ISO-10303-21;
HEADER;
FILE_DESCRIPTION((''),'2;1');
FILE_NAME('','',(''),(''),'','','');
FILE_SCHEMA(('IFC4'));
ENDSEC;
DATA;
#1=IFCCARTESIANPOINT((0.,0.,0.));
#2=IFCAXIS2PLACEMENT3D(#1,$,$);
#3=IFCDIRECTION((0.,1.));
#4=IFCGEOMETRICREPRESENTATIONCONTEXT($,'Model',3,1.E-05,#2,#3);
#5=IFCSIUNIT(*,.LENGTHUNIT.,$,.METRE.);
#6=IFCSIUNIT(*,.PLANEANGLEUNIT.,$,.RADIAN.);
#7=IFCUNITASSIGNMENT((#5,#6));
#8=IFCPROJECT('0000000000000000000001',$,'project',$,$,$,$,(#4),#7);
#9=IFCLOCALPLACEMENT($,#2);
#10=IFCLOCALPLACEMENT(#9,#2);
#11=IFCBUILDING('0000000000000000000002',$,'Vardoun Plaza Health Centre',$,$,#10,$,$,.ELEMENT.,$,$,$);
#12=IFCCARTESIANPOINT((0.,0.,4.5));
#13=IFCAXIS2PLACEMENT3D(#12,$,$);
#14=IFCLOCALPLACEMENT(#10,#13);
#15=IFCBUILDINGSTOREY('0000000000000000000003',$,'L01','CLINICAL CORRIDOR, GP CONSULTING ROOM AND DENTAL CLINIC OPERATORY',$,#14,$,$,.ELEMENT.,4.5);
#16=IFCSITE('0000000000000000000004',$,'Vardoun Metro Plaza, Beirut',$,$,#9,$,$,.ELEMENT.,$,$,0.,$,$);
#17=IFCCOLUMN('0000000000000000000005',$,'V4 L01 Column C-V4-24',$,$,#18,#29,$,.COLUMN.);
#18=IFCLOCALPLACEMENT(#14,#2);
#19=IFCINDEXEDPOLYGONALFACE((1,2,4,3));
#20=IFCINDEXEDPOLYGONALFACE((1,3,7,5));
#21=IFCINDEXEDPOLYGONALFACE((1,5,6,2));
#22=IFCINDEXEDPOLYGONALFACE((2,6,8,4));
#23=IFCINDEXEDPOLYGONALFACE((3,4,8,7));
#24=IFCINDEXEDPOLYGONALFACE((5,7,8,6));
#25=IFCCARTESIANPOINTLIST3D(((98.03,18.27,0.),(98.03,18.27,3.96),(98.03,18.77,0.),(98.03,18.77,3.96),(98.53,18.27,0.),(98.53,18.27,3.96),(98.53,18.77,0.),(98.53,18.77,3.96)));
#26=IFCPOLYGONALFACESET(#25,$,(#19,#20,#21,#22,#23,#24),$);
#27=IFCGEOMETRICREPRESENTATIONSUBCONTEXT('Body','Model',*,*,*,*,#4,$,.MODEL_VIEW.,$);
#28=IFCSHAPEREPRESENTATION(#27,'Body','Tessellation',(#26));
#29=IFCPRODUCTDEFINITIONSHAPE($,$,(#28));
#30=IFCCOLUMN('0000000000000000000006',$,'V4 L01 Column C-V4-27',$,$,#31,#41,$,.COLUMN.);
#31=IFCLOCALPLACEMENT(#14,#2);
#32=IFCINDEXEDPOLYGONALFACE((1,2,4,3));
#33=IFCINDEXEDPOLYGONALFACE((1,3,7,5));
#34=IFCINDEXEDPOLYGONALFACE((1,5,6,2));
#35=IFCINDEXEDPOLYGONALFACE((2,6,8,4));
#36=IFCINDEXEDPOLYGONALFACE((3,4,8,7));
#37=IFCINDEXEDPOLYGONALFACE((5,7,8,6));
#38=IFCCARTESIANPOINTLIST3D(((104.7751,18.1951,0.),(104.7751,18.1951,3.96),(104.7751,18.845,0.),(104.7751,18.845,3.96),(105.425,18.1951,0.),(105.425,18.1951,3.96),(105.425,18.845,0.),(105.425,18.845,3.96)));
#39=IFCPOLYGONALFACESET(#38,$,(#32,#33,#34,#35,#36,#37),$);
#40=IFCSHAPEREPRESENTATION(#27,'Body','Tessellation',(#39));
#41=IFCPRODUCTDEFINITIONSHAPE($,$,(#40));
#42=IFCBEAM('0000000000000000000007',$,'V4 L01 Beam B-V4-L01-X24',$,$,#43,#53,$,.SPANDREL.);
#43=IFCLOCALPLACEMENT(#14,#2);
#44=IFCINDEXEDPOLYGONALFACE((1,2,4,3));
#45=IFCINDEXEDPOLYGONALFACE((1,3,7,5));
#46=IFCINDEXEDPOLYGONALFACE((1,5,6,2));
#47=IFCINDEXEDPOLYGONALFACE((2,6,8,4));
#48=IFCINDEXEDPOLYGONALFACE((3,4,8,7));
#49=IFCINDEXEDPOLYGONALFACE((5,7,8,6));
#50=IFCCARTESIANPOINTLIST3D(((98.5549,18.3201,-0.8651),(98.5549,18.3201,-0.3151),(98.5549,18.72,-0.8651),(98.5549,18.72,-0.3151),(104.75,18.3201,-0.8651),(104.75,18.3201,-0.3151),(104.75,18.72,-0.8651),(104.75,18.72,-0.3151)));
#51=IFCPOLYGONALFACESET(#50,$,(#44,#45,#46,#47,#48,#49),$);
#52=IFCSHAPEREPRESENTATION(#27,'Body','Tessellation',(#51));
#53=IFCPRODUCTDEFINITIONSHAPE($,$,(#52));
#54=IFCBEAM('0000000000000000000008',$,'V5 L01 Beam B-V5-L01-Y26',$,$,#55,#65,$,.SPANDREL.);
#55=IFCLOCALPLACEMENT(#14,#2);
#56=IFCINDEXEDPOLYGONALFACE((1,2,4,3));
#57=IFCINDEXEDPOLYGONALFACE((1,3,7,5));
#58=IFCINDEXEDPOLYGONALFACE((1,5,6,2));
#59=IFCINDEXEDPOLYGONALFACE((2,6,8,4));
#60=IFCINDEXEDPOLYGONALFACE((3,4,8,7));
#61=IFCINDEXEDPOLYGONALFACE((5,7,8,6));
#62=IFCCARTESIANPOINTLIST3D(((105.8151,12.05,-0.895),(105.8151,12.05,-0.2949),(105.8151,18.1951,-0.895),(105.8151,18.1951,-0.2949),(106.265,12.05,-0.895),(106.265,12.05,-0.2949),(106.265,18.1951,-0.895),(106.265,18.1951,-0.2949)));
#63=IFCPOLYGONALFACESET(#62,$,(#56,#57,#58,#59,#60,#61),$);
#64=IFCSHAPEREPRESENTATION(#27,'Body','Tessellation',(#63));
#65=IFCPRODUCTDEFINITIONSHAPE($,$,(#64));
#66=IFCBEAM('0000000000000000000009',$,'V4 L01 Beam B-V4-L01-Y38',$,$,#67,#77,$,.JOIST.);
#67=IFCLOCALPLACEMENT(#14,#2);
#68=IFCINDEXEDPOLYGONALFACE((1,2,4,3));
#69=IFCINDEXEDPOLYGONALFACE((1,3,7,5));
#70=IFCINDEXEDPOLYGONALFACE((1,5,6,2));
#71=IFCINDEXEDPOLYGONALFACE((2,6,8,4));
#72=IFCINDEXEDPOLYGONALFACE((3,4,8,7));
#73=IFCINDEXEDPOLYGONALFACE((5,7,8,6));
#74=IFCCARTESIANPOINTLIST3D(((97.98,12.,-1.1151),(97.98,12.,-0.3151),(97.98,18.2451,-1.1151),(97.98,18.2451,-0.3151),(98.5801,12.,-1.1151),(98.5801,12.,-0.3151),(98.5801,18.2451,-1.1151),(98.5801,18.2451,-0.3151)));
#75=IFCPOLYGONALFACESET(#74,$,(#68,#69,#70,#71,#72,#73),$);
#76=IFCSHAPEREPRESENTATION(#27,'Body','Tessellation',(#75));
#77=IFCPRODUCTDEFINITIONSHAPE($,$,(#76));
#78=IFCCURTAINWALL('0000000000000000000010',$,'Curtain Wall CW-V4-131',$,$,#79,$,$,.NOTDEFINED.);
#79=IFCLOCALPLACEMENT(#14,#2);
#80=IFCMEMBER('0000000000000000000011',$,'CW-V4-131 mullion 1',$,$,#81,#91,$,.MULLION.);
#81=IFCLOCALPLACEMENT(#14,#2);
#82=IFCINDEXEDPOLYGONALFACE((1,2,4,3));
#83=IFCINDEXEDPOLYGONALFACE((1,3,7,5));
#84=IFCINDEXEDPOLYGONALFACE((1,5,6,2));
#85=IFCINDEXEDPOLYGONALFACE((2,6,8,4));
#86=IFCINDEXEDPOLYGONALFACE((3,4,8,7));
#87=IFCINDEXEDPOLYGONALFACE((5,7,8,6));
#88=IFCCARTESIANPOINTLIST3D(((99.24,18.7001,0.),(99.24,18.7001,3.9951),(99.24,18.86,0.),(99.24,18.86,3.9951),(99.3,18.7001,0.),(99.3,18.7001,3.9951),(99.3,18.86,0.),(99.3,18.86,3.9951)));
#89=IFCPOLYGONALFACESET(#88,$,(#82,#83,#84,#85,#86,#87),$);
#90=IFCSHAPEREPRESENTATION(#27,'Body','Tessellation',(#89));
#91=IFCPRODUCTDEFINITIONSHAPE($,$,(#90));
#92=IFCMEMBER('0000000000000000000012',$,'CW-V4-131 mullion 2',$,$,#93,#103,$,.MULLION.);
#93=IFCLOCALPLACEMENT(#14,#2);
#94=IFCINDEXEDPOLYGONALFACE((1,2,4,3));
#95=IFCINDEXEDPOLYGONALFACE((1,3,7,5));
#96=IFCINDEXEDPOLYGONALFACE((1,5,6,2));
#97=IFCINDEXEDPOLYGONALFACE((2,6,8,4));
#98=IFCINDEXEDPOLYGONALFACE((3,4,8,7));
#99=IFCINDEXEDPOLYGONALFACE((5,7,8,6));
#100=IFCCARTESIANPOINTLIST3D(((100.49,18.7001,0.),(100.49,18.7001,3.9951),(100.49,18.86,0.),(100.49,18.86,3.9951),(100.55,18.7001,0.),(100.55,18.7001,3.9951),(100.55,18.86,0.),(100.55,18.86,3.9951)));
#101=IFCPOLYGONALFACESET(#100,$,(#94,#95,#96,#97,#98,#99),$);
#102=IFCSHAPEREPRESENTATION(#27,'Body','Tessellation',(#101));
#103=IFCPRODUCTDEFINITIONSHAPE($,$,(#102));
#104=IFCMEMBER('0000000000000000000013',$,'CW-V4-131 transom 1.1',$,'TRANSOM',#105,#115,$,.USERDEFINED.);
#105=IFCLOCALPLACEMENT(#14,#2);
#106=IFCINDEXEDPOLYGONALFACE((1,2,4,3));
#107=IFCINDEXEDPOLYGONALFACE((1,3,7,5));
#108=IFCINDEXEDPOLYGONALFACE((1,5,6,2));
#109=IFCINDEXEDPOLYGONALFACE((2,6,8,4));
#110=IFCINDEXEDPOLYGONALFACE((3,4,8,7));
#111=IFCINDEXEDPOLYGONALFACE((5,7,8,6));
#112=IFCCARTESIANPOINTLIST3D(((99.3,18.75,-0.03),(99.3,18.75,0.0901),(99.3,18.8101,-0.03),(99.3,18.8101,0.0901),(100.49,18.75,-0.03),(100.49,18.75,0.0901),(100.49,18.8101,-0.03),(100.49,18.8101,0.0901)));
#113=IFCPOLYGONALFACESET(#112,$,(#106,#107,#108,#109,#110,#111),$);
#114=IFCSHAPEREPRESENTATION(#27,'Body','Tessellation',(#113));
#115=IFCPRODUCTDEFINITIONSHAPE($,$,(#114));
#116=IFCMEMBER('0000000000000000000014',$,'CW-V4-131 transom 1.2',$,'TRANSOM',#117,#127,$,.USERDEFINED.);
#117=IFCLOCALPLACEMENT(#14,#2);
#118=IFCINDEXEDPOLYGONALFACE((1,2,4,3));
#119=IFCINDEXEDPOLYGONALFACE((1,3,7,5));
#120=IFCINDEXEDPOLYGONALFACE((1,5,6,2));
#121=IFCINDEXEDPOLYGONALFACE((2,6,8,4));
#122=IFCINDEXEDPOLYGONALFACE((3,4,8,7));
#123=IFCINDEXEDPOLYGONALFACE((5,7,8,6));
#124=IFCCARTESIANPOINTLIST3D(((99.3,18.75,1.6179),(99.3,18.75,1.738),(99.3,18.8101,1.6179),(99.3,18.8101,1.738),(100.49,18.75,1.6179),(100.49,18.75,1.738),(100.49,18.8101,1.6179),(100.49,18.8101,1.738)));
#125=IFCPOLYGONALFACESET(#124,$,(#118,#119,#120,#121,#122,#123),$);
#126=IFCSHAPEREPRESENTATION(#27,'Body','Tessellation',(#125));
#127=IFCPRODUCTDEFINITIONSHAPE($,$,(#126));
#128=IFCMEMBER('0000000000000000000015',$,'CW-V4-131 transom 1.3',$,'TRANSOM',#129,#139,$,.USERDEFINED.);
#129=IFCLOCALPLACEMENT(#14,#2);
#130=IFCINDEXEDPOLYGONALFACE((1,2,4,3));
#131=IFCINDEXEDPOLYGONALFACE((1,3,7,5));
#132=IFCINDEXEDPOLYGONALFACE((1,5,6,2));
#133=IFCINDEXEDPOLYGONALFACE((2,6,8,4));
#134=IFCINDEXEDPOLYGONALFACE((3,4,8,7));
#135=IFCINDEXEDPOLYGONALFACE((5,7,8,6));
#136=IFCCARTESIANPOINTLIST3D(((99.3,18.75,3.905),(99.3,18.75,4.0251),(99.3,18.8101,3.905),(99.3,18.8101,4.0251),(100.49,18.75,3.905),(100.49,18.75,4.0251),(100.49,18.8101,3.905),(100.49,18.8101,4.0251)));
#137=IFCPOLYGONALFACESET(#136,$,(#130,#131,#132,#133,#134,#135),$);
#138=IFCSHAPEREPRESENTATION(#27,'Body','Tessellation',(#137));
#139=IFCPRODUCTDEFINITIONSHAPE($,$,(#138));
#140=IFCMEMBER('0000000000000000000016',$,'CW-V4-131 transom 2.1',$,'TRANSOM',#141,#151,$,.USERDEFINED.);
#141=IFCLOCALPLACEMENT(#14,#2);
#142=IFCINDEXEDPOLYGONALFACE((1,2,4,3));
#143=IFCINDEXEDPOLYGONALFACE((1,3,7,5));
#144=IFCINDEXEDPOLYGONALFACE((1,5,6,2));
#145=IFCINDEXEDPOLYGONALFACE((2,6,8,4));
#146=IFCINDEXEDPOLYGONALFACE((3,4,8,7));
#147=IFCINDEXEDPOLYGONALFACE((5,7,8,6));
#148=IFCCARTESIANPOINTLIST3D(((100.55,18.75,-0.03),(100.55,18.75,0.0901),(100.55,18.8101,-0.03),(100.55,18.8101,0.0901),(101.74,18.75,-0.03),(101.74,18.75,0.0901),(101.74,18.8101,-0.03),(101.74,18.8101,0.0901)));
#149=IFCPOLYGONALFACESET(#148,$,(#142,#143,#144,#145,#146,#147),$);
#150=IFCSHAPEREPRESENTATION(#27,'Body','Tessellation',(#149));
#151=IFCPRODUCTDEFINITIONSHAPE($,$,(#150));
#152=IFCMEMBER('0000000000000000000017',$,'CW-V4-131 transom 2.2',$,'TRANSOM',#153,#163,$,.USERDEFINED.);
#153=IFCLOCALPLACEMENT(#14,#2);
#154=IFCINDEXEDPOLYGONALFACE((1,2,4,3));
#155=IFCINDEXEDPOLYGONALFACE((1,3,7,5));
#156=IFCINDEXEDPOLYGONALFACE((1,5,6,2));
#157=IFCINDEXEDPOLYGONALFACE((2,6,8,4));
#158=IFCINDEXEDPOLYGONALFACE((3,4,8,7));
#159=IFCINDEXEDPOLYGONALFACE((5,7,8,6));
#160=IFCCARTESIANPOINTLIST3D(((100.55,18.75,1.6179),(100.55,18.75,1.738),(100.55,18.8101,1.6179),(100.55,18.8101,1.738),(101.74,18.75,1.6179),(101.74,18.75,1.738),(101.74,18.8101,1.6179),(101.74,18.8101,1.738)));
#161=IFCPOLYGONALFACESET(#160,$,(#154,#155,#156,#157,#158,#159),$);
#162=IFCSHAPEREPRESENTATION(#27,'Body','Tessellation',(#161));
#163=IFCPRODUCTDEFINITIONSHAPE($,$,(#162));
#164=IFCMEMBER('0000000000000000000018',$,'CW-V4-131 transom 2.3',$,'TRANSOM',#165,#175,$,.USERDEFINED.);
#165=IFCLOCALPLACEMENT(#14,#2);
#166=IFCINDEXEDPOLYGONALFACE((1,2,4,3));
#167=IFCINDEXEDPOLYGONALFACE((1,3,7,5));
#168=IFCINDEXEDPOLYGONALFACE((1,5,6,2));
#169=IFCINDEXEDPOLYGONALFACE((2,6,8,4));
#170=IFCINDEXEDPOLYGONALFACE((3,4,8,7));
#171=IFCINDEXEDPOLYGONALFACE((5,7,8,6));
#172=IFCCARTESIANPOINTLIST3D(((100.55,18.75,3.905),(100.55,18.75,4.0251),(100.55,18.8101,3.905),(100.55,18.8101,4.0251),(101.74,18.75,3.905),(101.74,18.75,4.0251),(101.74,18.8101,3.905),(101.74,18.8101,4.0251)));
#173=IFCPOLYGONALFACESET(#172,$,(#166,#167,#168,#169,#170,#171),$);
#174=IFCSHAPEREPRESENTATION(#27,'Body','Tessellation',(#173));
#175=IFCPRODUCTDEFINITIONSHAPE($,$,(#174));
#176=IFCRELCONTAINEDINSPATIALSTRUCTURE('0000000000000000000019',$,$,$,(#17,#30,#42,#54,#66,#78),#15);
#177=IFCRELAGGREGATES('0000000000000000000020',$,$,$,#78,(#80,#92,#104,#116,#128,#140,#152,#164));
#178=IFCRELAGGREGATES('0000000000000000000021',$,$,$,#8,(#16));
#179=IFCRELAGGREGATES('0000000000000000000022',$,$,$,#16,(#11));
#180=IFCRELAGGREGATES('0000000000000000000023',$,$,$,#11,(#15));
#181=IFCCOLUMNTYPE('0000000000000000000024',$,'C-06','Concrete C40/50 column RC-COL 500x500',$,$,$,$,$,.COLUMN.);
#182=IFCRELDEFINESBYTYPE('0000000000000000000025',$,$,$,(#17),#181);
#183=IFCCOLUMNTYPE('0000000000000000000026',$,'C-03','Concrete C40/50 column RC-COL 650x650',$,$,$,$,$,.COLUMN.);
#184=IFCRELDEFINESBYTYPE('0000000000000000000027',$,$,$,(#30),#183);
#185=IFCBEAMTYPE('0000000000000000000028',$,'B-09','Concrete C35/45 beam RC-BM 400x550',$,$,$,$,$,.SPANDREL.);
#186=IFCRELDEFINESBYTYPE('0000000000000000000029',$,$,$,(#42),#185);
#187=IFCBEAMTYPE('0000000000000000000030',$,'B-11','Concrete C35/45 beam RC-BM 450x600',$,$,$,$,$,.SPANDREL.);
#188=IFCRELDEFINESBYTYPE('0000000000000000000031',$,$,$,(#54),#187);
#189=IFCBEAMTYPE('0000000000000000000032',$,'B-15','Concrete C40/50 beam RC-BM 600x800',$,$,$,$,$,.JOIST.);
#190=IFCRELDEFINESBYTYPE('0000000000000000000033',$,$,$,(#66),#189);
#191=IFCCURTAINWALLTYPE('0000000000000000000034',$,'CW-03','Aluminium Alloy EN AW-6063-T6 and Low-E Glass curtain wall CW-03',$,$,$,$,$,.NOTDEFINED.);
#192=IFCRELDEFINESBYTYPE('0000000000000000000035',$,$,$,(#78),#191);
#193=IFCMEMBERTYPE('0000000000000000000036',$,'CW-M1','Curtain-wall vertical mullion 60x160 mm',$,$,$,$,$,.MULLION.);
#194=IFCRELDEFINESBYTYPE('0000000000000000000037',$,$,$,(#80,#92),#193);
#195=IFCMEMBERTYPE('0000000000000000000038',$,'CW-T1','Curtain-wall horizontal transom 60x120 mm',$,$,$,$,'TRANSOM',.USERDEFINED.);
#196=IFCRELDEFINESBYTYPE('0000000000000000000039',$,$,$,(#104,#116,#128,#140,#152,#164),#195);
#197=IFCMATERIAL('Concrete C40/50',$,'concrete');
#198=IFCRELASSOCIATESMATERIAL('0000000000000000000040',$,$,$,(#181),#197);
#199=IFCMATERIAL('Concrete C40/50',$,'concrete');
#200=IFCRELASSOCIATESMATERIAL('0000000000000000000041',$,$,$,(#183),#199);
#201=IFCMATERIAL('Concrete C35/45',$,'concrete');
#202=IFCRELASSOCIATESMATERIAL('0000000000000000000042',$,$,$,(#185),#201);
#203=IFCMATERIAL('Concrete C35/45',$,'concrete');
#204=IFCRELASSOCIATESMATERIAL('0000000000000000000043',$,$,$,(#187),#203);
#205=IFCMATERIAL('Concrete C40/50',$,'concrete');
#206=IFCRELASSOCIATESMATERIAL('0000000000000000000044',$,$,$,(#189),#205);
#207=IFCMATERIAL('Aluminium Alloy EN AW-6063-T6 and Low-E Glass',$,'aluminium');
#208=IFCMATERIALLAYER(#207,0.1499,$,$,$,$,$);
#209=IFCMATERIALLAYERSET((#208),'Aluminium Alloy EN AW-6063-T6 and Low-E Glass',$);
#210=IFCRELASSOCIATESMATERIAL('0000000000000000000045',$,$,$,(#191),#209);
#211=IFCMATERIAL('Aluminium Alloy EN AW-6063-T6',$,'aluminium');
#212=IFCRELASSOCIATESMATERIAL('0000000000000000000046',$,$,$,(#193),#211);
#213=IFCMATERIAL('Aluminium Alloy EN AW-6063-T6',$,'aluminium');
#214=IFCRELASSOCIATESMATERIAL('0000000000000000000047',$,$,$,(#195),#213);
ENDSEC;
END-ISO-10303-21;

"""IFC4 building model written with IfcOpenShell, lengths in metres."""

from ifc_helpers import new_model, si_unit, direction, frame, origin, origin_2d, place, context, subcontext, project, spatial, rectangle, extrude, material, layer, layer_set, material_profile, profile_set, type_object, element, aggregate, save


model = new_model("IFC4")

# Units and contexts
model_context = context("Model", 3, precision=1e-05, world=origin(), true_north=direction((0.0, 1.0)))
body_context = subcontext(model_context, "Body", "Model", "MODEL_VIEW")
ifc_project = project(units=[si_unit("LENGTHUNIT", "METRE"), si_unit("PLANEANGLEUNIT", "RADIAN")], contexts=[model_context])

# Site, building, storey
site_placement = place(None, origin())
site = spatial("IfcSite", under=ifc_project, at=site_placement, Name="Vardoun Metro Plaza, Beirut", CompositionType="ELEMENT", RefElevation=0.0)
building_placement = place(site_placement, origin())
building = spatial("IfcBuilding", under=site, at=building_placement, Name="Vardoun Plaza Health Centre", CompositionType="ELEMENT")
storey_placement = place(building_placement, frame((0.0, 0.0, 4.5)))
storey = spatial("IfcBuildingStorey", under=building, at=storey_placement, Name="L01", Description="CLINICAL CORRIDOR, GP CONSULTING ROOM AND DENTAL CLINIC OPERATORY", CompositionType="ELEMENT", Elevation=4.5)

# Columns
ifc_material_1 = material(Name="Concrete C40/50", Category="concrete")
ifc_material_profile_1 = material_profile(ifc_material_1, rectangle(XDim=0.5, YDim=0.5, at=origin_2d()), Name="RC-COL 500x500")
ifc_profile_set_1 = profile_set([ifc_material_profile_1], Name="Concrete C40/50")
column_type_1 = type_object("IfcColumnType", Name="C-06", Description="Concrete C40/50 column RC-COL 500x500", PredefinedType="COLUMN", material=ifc_profile_set_1)
column_1_placement = place(storey_placement, frame((98.28, 18.52, 0.0), z_axis=(0.0, 0.0, 1.0), x_axis=(1.0, 0.0, 0.0)))
element("IfcColumn", 1, at=column_1_placement, inside=storey, type_object=column_type_1, Name="V4 L01 Column C-V4-24", PredefinedType="COLUMN", context=body_context, shape_type="SweptSolid", body=[
    extrude(rectangle(XDim=0.5, YDim=0.5, at=origin_2d()), origin(), (0.0, 0.0, 1.0), 3.96),
])
ifc_material_2 = material(Name="Concrete C40/50", Category="concrete")
ifc_material_profile_2 = material_profile(ifc_material_2, rectangle(XDim=0.6499, YDim=0.6499, at=origin_2d()), Name="RC-COL 650x650")
ifc_profile_set_2 = profile_set([ifc_material_profile_2], Name="Concrete C40/50")
column_type_2 = type_object("IfcColumnType", Name="C-03", Description="Concrete C40/50 column RC-COL 650x650", PredefinedType="COLUMN", material=ifc_profile_set_2)
column_2_placement = place(storey_placement, frame((105.1001, 18.52, 0.0), z_axis=(0.0, 0.0, 1.0), x_axis=(1.0, 0.0, 0.0)))
element("IfcColumn", 2, at=column_2_placement, inside=storey, type_object=column_type_2, Name="V4 L01 Column C-V4-27", PredefinedType="COLUMN", context=body_context, shape_type="SweptSolid", body=[
    extrude(rectangle(XDim=0.6499, YDim=0.6499, at=origin_2d()), origin(), (0.0, 0.0, 1.0), 3.96),
])

# Beams
ifc_material_3 = material(Name="Concrete C35/45", Category="concrete")
ifc_material_profile_3 = material_profile(ifc_material_3, rectangle(XDim=0.3999, YDim=0.55, at=origin_2d()), Name="RC-BM 400x550")
ifc_profile_set_3 = profile_set([ifc_material_profile_3], Name="Concrete C35/45")
beam_type_1 = type_object("IfcBeamType", Name="B-09", Description="Concrete C35/45 beam RC-BM 400x550", PredefinedType="SPANDREL", material=ifc_profile_set_3)
beam_1_placement = place(storey_placement, frame((98.5549, 18.52, -0.5901), z_axis=(1.0, 0.0, 0.0), x_axis=(0.0, 1.0, 0.0)))
element("IfcBeam", 3, at=beam_1_placement, inside=storey, type_object=beam_type_1, Name="V4 L01 Beam B-V4-L01-X24", PredefinedType="SPANDREL", context=body_context, shape_type="SweptSolid", body=[
    extrude(rectangle(XDim=0.3999, YDim=0.55, at=origin_2d()), origin(), (0.0, 0.0, 1.0), 6.1951),
])
ifc_material_4 = material(Name="Concrete C35/45", Category="concrete")
ifc_material_profile_4 = material_profile(ifc_material_4, rectangle(XDim=0.45, YDim=0.6001, at=origin_2d()), Name="RC-BM 450x600")
ifc_profile_set_4 = profile_set([ifc_material_profile_4], Name="Concrete C35/45")
beam_type_2 = type_object("IfcBeamType", Name="B-11", Description="Concrete C35/45 beam RC-BM 450x600", PredefinedType="SPANDREL", material=ifc_profile_set_4)
beam_2_placement = place(storey_placement, frame((106.04, 12.05, -0.595), z_axis=(0.0, 1.0, 0.0), x_axis=(-1.0, 0.0, 0.0)))
element("IfcBeam", 4, at=beam_2_placement, inside=storey, type_object=beam_type_2, Name="V5 L01 Beam B-V5-L01-Y26", PredefinedType="SPANDREL", context=body_context, shape_type="SweptSolid", body=[
    extrude(rectangle(XDim=0.45, YDim=0.6001, at=origin_2d()), origin(), (0.0, 0.0, 1.0), 6.145),
])
ifc_material_5 = material(Name="Concrete C40/50", Category="concrete")
ifc_material_profile_5 = material_profile(ifc_material_5, rectangle(XDim=0.6001, YDim=0.8, at=origin_2d()), Name="RC-BM 600x800")
ifc_profile_set_5 = profile_set([ifc_material_profile_5], Name="Concrete C40/50")
beam_type_3 = type_object("IfcBeamType", Name="B-15", Description="Concrete C40/50 beam RC-BM 600x800", PredefinedType="JOIST", material=ifc_profile_set_5)
beam_3_placement = place(storey_placement, frame((98.28, 12.0, -0.7151), z_axis=(0.0, 1.0, 0.0), x_axis=(-1.0, 0.0, 0.0)))
element("IfcBeam", 5, at=beam_3_placement, inside=storey, type_object=beam_type_3, Name="V4 L01 Beam B-V4-L01-Y38", PredefinedType="JOIST", context=body_context, shape_type="SweptSolid", body=[
    extrude(rectangle(XDim=0.6001, YDim=0.8, at=origin_2d()), origin(), (0.0, 0.0, 1.0), 6.2451),
])

# Curtain wall, members
ifc_material_6 = material(Name="Aluminium Alloy EN AW-6063-T6 and Low-E Glass", Category="aluminium")
ifc_layer_1 = layer(ifc_material_6, 0.1499)
ifc_layer_set_1 = layer_set([ifc_layer_1], Name="Aluminium Alloy EN AW-6063-T6 and Low-E Glass")
curtain_wall_type = type_object("IfcCurtainWallType", Name="CW-03", Description="Aluminium Alloy EN AW-6063-T6 and Low-E Glass curtain wall CW-03", PredefinedType="NOTDEFINED", material=ifc_layer_set_1)
curtain_wall_placement = place(storey_placement, origin())
curtain_wall = element("IfcCurtainWall", 6, at=curtain_wall_placement, inside=storey, type_object=curtain_wall_type, Name="Curtain Wall CW-V4-131", PredefinedType="NOTDEFINED")
ifc_material_7 = material(Name="Aluminium Alloy EN AW-6063-T6", Category="aluminium")
ifc_material_profile_6 = material_profile(ifc_material_7, rectangle(XDim=0.1599, YDim=0.0601, at=origin_2d()), Name="CWM 60x160")
ifc_profile_set_6 = profile_set([ifc_material_profile_6], Name="Aluminium Alloy EN AW-6063-T6")
member_type_1 = type_object("IfcMemberType", Name="CW-M1", Description="Curtain-wall vertical mullion 60x160 mm", PredefinedType="MULLION", material=ifc_profile_set_6)
member_1_placement = place(storey_placement, frame((99.27, 18.78, 0.0), z_axis=(0.0, 0.0, 1.0), x_axis=(0.0, 1.0, 0.0)))
member_1 = element("IfcMember", 7, at=member_1_placement, type_object=member_type_1, Name="CW-V4-131 mullion 1", PredefinedType="MULLION", context=body_context, shape_type="SweptSolid", body=[
    extrude(rectangle(XDim=0.1599, YDim=0.0601, at=origin_2d()), origin(), (0.0, 0.0, 1.0), 3.9951),
])
member_2_placement = place(storey_placement, frame((100.52, 18.78, 0.0), z_axis=(0.0, 0.0, 1.0), x_axis=(0.0, 1.0, 0.0)))
member_2 = element("IfcMember", 8, at=member_2_placement, type_object=member_type_1, Name="CW-V4-131 mullion 2", PredefinedType="MULLION", context=body_context, shape_type="SweptSolid", body=[
    extrude(rectangle(XDim=0.1599, YDim=0.0601, at=origin_2d()), origin(), (0.0, 0.0, 1.0), 3.9951),
])
ifc_material_8 = material(Name="Aluminium Alloy EN AW-6063-T6", Category="aluminium")
ifc_material_profile_7 = material_profile(ifc_material_8, rectangle(XDim=0.0601, YDim=0.1201, at=origin_2d()), Name="CWT 60x120")
ifc_profile_set_7 = profile_set([ifc_material_profile_7], Name="Aluminium Alloy EN AW-6063-T6")
member_type_2 = type_object("IfcMemberType", Name="CW-T1", Description="Curtain-wall horizontal transom 60x120 mm", ElementType="TRANSOM", PredefinedType="USERDEFINED", material=ifc_profile_set_7)
member_3_placement = place(storey_placement, frame((99.3, 18.78, 0.03), z_axis=(1.0, 0.0, 0.0), x_axis=(0.0, 1.0, 0.0)))
member_3 = element("IfcMember", 9, at=member_3_placement, type_object=member_type_2, Name="CW-V4-131 transom 1.1", ObjectType="TRANSOM", PredefinedType="USERDEFINED", context=body_context, shape_type="SweptSolid", body=[
    extrude(rectangle(XDim=0.0601, YDim=0.1201, at=origin_2d()), origin(), (0.0, 0.0, 1.0), 1.1899),
])
member_4_placement = place(storey_placement, frame((99.3, 18.78, 1.678), z_axis=(1.0, 0.0, 0.0), x_axis=(0.0, 1.0, 0.0)))
member_4 = element("IfcMember", 10, at=member_4_placement, type_object=member_type_2, Name="CW-V4-131 transom 1.2", ObjectType="TRANSOM", PredefinedType="USERDEFINED", context=body_context, shape_type="SweptSolid", body=[
    extrude(rectangle(XDim=0.0601, YDim=0.1201, at=origin_2d()), origin(), (0.0, 0.0, 1.0), 1.1899),
])
member_5_placement = place(storey_placement, frame((99.3, 18.78, 3.9651), z_axis=(1.0, 0.0, 0.0), x_axis=(0.0, 1.0, 0.0)))
member_5 = element("IfcMember", 11, at=member_5_placement, type_object=member_type_2, Name="CW-V4-131 transom 1.3", ObjectType="TRANSOM", PredefinedType="USERDEFINED", context=body_context, shape_type="SweptSolid", body=[
    extrude(rectangle(XDim=0.0601, YDim=0.1201, at=origin_2d()), origin(), (0.0, 0.0, 1.0), 1.1899),
])
member_6_placement = place(storey_placement, frame((100.55, 18.78, 0.03), z_axis=(1.0, 0.0, 0.0), x_axis=(0.0, 1.0, 0.0)))
member_6 = element("IfcMember", 12, at=member_6_placement, type_object=member_type_2, Name="CW-V4-131 transom 2.1", ObjectType="TRANSOM", PredefinedType="USERDEFINED", context=body_context, shape_type="SweptSolid", body=[
    extrude(rectangle(XDim=0.0601, YDim=0.1201, at=origin_2d()), origin(), (0.0, 0.0, 1.0), 1.1899),
])
member_7_placement = place(storey_placement, frame((100.55, 18.78, 1.678), z_axis=(1.0, 0.0, 0.0), x_axis=(0.0, 1.0, 0.0)))
member_7 = element("IfcMember", 13, at=member_7_placement, type_object=member_type_2, Name="CW-V4-131 transom 2.2", ObjectType="TRANSOM", PredefinedType="USERDEFINED", context=body_context, shape_type="SweptSolid", body=[
    extrude(rectangle(XDim=0.0601, YDim=0.1201, at=origin_2d()), origin(), (0.0, 0.0, 1.0), 1.1899),
])
member_8_placement = place(storey_placement, frame((100.55, 18.78, 3.9651), z_axis=(1.0, 0.0, 0.0), x_axis=(0.0, 1.0, 0.0)))
member_8 = element("IfcMember", 14, at=member_8_placement, type_object=member_type_2, Name="CW-V4-131 transom 2.3", ObjectType="TRANSOM", PredefinedType="USERDEFINED", context=body_context, shape_type="SweptSolid", body=[
    extrude(rectangle(XDim=0.0601, YDim=0.1201, at=origin_2d()), origin(), (0.0, 0.0, 1.0), 1.1899),
])
aggregate(curtain_wall, [member_1, member_2, member_3, member_4, member_5, member_6, member_7, member_8])

save(model, "model.ifc")
